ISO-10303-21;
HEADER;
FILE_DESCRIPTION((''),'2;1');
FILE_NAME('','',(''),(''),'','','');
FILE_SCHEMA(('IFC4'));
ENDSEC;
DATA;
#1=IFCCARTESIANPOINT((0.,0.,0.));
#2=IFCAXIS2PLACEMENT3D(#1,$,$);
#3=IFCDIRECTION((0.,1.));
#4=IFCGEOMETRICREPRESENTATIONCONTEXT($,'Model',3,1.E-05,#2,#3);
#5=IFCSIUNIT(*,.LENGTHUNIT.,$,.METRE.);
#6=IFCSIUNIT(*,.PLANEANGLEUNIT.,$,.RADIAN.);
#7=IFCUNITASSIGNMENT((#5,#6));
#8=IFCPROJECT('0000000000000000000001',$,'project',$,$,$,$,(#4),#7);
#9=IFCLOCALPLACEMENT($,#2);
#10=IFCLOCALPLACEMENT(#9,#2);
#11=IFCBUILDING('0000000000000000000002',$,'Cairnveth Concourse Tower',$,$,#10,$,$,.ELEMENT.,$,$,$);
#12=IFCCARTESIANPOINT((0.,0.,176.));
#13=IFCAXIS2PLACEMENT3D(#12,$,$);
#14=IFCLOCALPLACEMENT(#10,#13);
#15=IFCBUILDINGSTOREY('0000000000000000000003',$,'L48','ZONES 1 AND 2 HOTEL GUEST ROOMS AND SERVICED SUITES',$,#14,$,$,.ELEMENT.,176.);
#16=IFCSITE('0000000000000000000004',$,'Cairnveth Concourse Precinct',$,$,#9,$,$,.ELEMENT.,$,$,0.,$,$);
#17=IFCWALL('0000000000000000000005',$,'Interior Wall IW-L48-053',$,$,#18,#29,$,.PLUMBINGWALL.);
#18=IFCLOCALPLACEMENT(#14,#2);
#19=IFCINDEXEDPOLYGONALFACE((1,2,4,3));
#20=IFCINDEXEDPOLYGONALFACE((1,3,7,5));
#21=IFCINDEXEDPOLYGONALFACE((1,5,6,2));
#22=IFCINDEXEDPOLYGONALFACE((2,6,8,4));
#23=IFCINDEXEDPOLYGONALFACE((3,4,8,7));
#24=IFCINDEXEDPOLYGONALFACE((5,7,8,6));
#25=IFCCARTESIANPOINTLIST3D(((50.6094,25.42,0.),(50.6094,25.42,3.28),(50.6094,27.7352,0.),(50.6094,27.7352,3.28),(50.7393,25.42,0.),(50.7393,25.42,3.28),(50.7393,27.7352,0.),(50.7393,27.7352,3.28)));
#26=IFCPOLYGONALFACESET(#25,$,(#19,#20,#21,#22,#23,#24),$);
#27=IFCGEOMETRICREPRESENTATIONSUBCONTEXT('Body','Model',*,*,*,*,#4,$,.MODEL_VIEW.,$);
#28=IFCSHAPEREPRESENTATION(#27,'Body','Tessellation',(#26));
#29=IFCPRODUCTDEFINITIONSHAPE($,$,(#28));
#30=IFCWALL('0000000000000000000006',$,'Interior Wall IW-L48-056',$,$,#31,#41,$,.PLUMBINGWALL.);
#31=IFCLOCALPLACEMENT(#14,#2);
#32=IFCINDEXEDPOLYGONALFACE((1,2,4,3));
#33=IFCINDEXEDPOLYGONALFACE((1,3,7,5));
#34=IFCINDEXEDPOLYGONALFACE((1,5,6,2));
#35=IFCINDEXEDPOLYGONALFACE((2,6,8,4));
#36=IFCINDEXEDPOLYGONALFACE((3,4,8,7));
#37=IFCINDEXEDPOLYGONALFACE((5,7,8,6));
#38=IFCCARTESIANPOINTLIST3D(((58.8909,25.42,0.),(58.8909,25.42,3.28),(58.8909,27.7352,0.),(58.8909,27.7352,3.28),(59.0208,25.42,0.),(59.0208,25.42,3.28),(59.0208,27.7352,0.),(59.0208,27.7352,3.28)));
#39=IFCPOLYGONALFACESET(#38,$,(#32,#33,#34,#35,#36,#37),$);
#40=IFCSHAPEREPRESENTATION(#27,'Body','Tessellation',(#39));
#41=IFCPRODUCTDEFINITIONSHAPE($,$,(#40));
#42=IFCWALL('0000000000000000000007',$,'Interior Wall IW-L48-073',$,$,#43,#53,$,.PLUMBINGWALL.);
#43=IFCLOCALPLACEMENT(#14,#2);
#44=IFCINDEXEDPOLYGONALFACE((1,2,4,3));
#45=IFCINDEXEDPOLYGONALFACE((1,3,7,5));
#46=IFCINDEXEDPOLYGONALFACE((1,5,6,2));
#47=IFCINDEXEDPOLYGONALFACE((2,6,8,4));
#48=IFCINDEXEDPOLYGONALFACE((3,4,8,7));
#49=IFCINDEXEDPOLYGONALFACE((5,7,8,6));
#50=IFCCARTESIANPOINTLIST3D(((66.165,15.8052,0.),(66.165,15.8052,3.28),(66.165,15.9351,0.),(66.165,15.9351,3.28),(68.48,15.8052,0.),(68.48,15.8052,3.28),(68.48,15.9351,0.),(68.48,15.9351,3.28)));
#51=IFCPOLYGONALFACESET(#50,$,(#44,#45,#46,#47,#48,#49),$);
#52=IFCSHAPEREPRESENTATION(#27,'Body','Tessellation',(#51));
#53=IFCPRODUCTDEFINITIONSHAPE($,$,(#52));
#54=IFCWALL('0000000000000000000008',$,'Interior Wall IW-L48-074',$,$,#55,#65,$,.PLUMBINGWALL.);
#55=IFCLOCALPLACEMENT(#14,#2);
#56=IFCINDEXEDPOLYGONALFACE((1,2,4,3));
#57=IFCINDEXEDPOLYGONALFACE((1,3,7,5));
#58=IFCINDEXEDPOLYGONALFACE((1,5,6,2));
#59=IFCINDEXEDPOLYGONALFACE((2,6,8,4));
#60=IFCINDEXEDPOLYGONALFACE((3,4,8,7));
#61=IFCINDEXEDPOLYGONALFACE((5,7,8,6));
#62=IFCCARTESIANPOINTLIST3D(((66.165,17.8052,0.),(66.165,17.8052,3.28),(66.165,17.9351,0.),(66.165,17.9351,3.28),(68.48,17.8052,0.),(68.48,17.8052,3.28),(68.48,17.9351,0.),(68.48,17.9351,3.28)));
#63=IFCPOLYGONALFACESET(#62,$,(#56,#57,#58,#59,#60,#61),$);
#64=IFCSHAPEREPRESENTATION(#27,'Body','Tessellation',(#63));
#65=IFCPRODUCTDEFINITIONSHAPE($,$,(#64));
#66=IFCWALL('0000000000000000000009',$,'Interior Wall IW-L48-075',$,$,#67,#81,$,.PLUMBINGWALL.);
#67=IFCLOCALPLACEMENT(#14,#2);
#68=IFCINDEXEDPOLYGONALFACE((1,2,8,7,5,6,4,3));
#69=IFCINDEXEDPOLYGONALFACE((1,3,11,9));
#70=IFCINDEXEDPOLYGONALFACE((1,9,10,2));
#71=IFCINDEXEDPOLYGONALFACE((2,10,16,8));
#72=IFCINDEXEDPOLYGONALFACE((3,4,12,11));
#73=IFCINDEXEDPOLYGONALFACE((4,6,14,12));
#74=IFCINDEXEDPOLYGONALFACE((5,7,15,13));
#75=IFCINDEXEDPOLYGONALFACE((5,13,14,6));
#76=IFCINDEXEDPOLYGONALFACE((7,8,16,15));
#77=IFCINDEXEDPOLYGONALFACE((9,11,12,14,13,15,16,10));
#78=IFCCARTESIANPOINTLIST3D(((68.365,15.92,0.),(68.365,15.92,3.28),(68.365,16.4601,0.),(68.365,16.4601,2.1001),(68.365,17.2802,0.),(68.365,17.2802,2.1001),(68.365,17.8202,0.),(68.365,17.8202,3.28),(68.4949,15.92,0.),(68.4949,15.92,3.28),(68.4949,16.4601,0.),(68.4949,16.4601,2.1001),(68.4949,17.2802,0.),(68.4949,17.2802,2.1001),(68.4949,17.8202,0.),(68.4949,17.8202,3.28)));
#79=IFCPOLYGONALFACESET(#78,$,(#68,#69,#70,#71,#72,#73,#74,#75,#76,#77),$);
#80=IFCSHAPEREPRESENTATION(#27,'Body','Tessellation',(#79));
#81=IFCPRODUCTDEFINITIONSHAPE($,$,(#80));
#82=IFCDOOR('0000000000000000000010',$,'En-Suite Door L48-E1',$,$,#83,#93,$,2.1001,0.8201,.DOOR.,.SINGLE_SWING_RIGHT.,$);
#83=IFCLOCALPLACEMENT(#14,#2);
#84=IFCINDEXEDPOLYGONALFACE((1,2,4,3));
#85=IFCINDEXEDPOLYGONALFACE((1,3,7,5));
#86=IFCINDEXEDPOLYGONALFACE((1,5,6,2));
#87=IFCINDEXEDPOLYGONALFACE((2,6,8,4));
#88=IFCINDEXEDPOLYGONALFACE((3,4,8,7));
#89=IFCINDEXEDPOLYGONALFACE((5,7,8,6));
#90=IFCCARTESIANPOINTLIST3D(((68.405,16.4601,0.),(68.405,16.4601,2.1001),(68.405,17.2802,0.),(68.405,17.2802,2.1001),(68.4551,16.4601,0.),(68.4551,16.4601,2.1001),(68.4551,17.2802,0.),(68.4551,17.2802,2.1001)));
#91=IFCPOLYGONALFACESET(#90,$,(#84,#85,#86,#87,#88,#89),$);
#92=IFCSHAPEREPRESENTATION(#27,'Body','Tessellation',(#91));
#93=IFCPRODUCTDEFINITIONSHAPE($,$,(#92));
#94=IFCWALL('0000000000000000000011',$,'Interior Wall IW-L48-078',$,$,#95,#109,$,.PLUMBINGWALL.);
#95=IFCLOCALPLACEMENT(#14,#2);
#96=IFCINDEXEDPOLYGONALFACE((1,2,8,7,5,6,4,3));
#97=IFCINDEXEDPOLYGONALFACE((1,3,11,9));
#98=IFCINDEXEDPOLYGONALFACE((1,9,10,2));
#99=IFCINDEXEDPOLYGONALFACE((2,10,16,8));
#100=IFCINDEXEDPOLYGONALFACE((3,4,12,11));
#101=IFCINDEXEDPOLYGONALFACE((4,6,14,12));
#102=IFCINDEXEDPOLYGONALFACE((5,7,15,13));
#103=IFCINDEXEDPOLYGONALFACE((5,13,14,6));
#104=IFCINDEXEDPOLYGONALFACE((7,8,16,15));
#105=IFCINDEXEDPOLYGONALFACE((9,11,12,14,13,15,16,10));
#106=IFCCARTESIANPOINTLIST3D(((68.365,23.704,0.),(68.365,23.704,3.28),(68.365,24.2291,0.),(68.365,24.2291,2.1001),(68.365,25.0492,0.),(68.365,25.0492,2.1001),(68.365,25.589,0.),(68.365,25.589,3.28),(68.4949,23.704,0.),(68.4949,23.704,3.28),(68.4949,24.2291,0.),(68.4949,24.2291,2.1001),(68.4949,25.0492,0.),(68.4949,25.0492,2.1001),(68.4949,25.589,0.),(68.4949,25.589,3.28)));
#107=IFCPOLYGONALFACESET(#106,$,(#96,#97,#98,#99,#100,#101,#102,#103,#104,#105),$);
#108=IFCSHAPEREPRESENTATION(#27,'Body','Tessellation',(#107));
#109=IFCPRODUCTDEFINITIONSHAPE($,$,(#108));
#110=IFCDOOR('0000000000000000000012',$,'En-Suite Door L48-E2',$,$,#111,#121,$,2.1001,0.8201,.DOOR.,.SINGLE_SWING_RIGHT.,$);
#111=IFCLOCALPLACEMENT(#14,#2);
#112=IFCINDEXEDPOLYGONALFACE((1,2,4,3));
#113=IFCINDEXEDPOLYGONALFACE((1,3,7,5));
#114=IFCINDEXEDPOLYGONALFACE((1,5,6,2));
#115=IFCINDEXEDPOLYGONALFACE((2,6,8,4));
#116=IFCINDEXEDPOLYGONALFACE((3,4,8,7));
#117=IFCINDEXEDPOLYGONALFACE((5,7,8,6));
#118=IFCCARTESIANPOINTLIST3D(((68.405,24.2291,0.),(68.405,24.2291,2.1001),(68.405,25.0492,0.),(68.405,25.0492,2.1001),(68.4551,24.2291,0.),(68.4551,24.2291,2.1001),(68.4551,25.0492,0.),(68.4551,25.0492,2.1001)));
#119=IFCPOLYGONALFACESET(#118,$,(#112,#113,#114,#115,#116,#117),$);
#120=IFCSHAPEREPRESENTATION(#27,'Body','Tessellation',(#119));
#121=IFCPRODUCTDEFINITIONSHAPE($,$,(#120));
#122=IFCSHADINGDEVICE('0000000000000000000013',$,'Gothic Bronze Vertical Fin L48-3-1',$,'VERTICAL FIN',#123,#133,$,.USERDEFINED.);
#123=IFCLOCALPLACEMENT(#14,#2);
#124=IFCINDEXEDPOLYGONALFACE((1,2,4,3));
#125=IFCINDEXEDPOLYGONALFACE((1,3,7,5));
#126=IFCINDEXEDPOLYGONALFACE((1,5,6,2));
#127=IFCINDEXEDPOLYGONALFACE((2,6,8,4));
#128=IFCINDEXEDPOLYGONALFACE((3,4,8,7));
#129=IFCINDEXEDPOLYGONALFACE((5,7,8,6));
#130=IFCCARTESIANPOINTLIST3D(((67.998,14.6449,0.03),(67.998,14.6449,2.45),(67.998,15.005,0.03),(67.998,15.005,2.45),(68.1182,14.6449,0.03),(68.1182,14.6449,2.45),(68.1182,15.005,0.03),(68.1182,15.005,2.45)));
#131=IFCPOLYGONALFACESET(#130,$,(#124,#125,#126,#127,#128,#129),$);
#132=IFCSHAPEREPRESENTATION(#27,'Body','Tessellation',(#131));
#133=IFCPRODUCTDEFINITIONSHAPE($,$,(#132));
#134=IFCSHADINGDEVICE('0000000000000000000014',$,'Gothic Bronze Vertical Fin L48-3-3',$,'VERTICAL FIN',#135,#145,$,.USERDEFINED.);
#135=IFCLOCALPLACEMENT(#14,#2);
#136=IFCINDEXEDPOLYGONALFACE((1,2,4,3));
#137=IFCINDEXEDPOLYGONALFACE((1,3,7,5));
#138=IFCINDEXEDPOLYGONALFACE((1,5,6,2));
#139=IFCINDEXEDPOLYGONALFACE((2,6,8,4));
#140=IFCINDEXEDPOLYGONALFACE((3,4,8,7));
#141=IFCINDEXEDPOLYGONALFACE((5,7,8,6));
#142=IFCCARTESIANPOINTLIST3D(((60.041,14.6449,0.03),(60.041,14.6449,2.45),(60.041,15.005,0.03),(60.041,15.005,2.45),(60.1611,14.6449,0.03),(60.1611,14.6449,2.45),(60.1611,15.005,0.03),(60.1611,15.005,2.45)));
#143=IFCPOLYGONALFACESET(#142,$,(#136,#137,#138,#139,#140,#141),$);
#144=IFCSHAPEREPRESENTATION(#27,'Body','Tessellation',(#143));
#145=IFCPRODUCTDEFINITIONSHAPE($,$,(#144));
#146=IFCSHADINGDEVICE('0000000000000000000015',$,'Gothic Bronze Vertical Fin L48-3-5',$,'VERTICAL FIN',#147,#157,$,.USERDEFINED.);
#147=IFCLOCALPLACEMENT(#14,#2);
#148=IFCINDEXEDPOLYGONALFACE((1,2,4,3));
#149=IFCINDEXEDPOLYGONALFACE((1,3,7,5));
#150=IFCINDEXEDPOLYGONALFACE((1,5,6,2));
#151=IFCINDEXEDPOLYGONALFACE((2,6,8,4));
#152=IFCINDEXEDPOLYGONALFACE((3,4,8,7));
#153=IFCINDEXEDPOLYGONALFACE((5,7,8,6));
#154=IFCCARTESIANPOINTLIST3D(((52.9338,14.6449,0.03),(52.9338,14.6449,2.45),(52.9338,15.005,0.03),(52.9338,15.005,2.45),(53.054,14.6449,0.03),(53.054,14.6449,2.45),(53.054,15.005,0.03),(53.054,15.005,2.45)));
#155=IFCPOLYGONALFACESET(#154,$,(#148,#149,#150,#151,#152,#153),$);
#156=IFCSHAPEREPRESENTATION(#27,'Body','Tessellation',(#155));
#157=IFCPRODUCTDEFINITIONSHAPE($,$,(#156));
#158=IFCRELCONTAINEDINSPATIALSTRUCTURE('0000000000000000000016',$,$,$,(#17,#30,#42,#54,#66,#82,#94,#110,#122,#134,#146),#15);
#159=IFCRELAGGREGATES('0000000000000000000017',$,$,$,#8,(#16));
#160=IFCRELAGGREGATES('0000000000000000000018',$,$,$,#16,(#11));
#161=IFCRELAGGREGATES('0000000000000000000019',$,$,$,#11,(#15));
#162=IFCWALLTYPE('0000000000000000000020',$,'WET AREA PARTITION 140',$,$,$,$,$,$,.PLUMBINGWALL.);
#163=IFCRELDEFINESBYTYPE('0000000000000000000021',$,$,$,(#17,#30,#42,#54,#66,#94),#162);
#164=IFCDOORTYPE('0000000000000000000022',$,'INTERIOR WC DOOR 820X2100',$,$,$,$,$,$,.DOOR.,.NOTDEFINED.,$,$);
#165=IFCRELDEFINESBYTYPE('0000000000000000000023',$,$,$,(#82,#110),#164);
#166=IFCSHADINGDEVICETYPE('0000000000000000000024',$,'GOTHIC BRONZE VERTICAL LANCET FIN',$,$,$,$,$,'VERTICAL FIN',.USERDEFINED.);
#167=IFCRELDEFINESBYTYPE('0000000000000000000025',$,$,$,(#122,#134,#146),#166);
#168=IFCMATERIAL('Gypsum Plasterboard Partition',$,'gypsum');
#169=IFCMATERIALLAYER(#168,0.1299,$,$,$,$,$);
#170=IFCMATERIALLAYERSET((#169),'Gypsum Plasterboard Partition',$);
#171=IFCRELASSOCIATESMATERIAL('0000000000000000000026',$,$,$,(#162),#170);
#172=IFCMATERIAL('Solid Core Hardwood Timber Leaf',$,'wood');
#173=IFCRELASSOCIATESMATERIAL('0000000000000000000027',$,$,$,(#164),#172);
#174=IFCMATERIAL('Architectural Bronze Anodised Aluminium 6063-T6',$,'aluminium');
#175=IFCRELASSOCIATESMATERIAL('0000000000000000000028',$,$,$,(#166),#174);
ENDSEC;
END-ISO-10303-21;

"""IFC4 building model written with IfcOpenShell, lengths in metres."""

from ifc_helpers import new_model, si_unit, direction, frame, frame_2d, origin, origin_2d, place, context, subcontext, project, spatial, rectangle, extrude, material, layer, layer_set, type_object, element, fill, save


model = new_model("IFC4")

# Units and contexts
model_context = context("Model", 3, precision=1e-05, world=origin(), true_north=direction((0.0, 1.0)))
body_context = subcontext(model_context, "Body", "Model", "MODEL_VIEW")
ifc_project = project(units=[si_unit("LENGTHUNIT", "METRE"), si_unit("PLANEANGLEUNIT", "RADIAN")], contexts=[model_context])

# Site, building, storey
site_placement = place(None, origin())
site = spatial("IfcSite", under=ifc_project, at=site_placement, Name="Cairnveth Concourse Precinct", CompositionType="ELEMENT", RefElevation=0.0)
building_placement = place(site_placement, origin())
building = spatial("IfcBuilding", under=site, at=building_placement, Name="Cairnveth Concourse Tower", CompositionType="ELEMENT")
storey_placement = place(building_placement, frame((0.0, 0.0, 176.0)))
storey = spatial("IfcBuildingStorey", under=building, at=storey_placement, Name="L48", Description="ZONES 1 AND 2 HOTEL GUEST ROOMS AND SERVICED SUITES", CompositionType="ELEMENT", Elevation=176.0)

# Shared definitions
ifc_material_1 = material(Name="Gypsum Plasterboard Partition", Category="gypsum")
ifc_material_2 = material(Name="Solid Core Hardwood Timber Leaf", Category="wood")

# Walls
ifc_layer_1 = layer(ifc_material_1, 0.1299)
ifc_layer_set_1 = layer_set([ifc_layer_1], Name="Gypsum Plasterboard Partition")
wall_type_1 = type_object("IfcWallType", Name="WET AREA PARTITION 140", PredefinedType="PLUMBINGWALL", material=ifc_layer_set_1)
for number, where, z_axis, x_axis, name in (
    (1, (50.6743, 25.4199, 0.0), (0.0, 0.0, 1.0), (0.0, 1.0, 0.0), "Interior Wall IW-L48-053"),
    (2, (58.9558, 25.4199, 0.0), (0.0, 0.0, 1.0), (0.0, 1.0, 0.0), "Interior Wall IW-L48-056"),
):
    element("IfcWall", number, at=place(storey_placement, frame(where, z_axis=z_axis, x_axis=x_axis)), inside=storey, type_object=wall_type_1, Name=name, PredefinedType="PLUMBINGWALL", context=body_context, shape_type="SweptSolid", body=[
        extrude(rectangle(XDim=2.3152, YDim=0.1299, at=frame_2d((1.1577, 0.0))), origin(), (0.0, 0.0, 1.0), 3.28),
    ])
for number, where, z_axis, x_axis, name in (
    (3, (66.165, 15.8701, 0.0), (0.0, 0.0, 1.0), (1.0, 0.0, 0.0), "Interior Wall IW-L48-073"),
    (4, (66.165, 17.8701, 0.0), (0.0, 0.0, 1.0), (1.0, 0.0, 0.0), "Interior Wall IW-L48-074"),
):
    element("IfcWall", number, at=place(storey_placement, frame(where, z_axis=z_axis, x_axis=x_axis)), inside=storey, type_object=wall_type_1, Name=name, PredefinedType="PLUMBINGWALL", context=body_context, shape_type="SweptSolid", body=[
        extrude(rectangle(XDim=2.3149, YDim=0.1299, at=frame_2d((1.1575, 0.0))), origin(), (0.0, 0.0, 1.0), 3.28),
    ])

# Walls, openings, doors
wall_1_placement = place(storey_placement, frame((68.4299, 15.9199, 0.0), z_axis=(0.0, 0.0, 1.0), x_axis=(0.0, 1.0, 0.0)))
wall_1 = element("IfcWall", 5, at=wall_1_placement, inside=storey, type_object=wall_type_1, Name="Interior Wall IW-L48-075", PredefinedType="PLUMBINGWALL", context=body_context, shape_type="SweptSolid", body=[
    extrude(rectangle(XDim=1.9001, YDim=0.1299, at=frame_2d((0.9502, 0.0))), origin(), (0.0, 0.0, 1.0), 3.28),
])
opening_1_placement = place(wall_1_placement, frame((0.54, 0.0, 0.0)))
opening_1 = element("IfcOpeningElement", 6, at=opening_1_placement, cuts=wall_1, PredefinedType="OPENING", context=body_context, shape_type="SweptSolid", body=[
    extrude(rectangle(XDim=0.8201, YDim=2.1001, at=frame_2d((0.4102, 1.05))), frame((0.0, 0.075, 0.0), z_axis=(0.0, -1.0, 0.0), x_axis=(1.0, 0.0, 0.0)), (0.0, 0.0, 1.0), 0.1499),
])
door_type_1 = type_object("IfcDoorType", Name="INTERIOR WC DOOR 820X2100", OperationType="NOTDEFINED", PredefinedType="DOOR", material=ifc_material_2)
door_1_placement = place(opening_1_placement, origin())
door_1 = element("IfcDoor", 7, at=door_1_placement, inside=storey, type_object=door_type_1, Name="En-Suite Door L48-E1", OperationType="SINGLE_SWING_RIGHT", OverallHeight=2.1001, OverallWidth=0.8201, PredefinedType="DOOR", context=body_context, shape_type="SweptSolid", body=[
    extrude(rectangle(XDim=0.8201, YDim=2.1001, at=frame_2d((0.4102, 1.05))), frame((0.0, 0.0249, 0.0), z_axis=(0.0, -1.0, 0.0), x_axis=(1.0, 0.0, 0.0)), (0.0, 0.0, 1.0), 0.05),
])
fill(opening_1, door_1)
wall_2_placement = place(storey_placement, frame((68.4299, 23.7041, 0.0), z_axis=(0.0, 0.0, 1.0), x_axis=(0.0, 1.0, 0.0)))
wall_2 = element("IfcWall", 8, at=wall_2_placement, inside=storey, type_object=wall_type_1, Name="Interior Wall IW-L48-078", PredefinedType="PLUMBINGWALL", context=body_context, shape_type="SweptSolid", body=[
    extrude(rectangle(XDim=1.885, YDim=0.1299, at=frame_2d((0.9424, 0.0))), origin(), (0.0, 0.0, 1.0), 3.28),
])
opening_2_placement = place(wall_2_placement, frame((0.5249, 0.0, 0.0)))
opening_2 = element("IfcOpeningElement", 9, at=opening_2_placement, cuts=wall_2, PredefinedType="OPENING", context=body_context, shape_type="SweptSolid", body=[
    extrude(rectangle(XDim=0.8201, YDim=2.1001, at=frame_2d((0.4102, 1.05))), frame((0.0, 0.075, 0.0), z_axis=(0.0, -1.0, 0.0), x_axis=(1.0, 0.0, 0.0)), (0.0, 0.0, 1.0), 0.1499),
])
door_2_placement = place(opening_2_placement, origin())
door_2 = element("IfcDoor", 10, at=door_2_placement, inside=storey, type_object=door_type_1, Name="En-Suite Door L48-E2", OperationType="SINGLE_SWING_RIGHT", OverallHeight=2.1001, OverallWidth=0.8201, PredefinedType="DOOR", context=body_context, shape_type="SweptSolid", body=[
    extrude(rectangle(XDim=0.8201, YDim=2.1001, at=frame_2d((0.4102, 1.05))), frame((0.0, 0.0249, 0.0), z_axis=(0.0, -1.0, 0.0), x_axis=(1.0, 0.0, 0.0)), (0.0, 0.0, 1.0), 0.05),
])
fill(opening_2, door_2)

# Shading devices
ifc_material_3 = material(Name="Architectural Bronze Anodised Aluminium 6063-T6", Category="aluminium")
shading_device_type = type_object("IfcShadingDeviceType", Name="GOTHIC BRONZE VERTICAL LANCET FIN", ElementType="VERTICAL FIN", PredefinedType="USERDEFINED", material=ifc_material_3)
for number, where, z_axis, x_axis, name in (
    (11, (68.0581, 14.825, 0.03), (0.0, 0.0, 1.0), (1.0, 0.0, 0.0), "Gothic Bronze Vertical Fin L48-3-1"),
    (12, (60.1011, 14.825, 0.03), (0.0, 0.0, 1.0), (1.0, 0.0, 0.0), "Gothic Bronze Vertical Fin L48-3-3"),
    (13, (52.9939, 14.825, 0.03), (0.0, 0.0, 1.0), (1.0, 0.0, 0.0), "Gothic Bronze Vertical Fin L48-3-5"),
):
    element("IfcShadingDevice", number, at=place(storey_placement, frame(where, z_axis=z_axis, x_axis=x_axis)), inside=storey, type_object=shading_device_type, Name=name, ObjectType="VERTICAL FIN", PredefinedType="USERDEFINED", context=body_context, shape_type="SweptSolid", body=[
        extrude(rectangle(XDim=0.1201, YDim=0.3601, at=origin_2d()), origin(), (0.0, 0.0, 1.0), 2.4199),
    ])

save(model, "model.ifc")
